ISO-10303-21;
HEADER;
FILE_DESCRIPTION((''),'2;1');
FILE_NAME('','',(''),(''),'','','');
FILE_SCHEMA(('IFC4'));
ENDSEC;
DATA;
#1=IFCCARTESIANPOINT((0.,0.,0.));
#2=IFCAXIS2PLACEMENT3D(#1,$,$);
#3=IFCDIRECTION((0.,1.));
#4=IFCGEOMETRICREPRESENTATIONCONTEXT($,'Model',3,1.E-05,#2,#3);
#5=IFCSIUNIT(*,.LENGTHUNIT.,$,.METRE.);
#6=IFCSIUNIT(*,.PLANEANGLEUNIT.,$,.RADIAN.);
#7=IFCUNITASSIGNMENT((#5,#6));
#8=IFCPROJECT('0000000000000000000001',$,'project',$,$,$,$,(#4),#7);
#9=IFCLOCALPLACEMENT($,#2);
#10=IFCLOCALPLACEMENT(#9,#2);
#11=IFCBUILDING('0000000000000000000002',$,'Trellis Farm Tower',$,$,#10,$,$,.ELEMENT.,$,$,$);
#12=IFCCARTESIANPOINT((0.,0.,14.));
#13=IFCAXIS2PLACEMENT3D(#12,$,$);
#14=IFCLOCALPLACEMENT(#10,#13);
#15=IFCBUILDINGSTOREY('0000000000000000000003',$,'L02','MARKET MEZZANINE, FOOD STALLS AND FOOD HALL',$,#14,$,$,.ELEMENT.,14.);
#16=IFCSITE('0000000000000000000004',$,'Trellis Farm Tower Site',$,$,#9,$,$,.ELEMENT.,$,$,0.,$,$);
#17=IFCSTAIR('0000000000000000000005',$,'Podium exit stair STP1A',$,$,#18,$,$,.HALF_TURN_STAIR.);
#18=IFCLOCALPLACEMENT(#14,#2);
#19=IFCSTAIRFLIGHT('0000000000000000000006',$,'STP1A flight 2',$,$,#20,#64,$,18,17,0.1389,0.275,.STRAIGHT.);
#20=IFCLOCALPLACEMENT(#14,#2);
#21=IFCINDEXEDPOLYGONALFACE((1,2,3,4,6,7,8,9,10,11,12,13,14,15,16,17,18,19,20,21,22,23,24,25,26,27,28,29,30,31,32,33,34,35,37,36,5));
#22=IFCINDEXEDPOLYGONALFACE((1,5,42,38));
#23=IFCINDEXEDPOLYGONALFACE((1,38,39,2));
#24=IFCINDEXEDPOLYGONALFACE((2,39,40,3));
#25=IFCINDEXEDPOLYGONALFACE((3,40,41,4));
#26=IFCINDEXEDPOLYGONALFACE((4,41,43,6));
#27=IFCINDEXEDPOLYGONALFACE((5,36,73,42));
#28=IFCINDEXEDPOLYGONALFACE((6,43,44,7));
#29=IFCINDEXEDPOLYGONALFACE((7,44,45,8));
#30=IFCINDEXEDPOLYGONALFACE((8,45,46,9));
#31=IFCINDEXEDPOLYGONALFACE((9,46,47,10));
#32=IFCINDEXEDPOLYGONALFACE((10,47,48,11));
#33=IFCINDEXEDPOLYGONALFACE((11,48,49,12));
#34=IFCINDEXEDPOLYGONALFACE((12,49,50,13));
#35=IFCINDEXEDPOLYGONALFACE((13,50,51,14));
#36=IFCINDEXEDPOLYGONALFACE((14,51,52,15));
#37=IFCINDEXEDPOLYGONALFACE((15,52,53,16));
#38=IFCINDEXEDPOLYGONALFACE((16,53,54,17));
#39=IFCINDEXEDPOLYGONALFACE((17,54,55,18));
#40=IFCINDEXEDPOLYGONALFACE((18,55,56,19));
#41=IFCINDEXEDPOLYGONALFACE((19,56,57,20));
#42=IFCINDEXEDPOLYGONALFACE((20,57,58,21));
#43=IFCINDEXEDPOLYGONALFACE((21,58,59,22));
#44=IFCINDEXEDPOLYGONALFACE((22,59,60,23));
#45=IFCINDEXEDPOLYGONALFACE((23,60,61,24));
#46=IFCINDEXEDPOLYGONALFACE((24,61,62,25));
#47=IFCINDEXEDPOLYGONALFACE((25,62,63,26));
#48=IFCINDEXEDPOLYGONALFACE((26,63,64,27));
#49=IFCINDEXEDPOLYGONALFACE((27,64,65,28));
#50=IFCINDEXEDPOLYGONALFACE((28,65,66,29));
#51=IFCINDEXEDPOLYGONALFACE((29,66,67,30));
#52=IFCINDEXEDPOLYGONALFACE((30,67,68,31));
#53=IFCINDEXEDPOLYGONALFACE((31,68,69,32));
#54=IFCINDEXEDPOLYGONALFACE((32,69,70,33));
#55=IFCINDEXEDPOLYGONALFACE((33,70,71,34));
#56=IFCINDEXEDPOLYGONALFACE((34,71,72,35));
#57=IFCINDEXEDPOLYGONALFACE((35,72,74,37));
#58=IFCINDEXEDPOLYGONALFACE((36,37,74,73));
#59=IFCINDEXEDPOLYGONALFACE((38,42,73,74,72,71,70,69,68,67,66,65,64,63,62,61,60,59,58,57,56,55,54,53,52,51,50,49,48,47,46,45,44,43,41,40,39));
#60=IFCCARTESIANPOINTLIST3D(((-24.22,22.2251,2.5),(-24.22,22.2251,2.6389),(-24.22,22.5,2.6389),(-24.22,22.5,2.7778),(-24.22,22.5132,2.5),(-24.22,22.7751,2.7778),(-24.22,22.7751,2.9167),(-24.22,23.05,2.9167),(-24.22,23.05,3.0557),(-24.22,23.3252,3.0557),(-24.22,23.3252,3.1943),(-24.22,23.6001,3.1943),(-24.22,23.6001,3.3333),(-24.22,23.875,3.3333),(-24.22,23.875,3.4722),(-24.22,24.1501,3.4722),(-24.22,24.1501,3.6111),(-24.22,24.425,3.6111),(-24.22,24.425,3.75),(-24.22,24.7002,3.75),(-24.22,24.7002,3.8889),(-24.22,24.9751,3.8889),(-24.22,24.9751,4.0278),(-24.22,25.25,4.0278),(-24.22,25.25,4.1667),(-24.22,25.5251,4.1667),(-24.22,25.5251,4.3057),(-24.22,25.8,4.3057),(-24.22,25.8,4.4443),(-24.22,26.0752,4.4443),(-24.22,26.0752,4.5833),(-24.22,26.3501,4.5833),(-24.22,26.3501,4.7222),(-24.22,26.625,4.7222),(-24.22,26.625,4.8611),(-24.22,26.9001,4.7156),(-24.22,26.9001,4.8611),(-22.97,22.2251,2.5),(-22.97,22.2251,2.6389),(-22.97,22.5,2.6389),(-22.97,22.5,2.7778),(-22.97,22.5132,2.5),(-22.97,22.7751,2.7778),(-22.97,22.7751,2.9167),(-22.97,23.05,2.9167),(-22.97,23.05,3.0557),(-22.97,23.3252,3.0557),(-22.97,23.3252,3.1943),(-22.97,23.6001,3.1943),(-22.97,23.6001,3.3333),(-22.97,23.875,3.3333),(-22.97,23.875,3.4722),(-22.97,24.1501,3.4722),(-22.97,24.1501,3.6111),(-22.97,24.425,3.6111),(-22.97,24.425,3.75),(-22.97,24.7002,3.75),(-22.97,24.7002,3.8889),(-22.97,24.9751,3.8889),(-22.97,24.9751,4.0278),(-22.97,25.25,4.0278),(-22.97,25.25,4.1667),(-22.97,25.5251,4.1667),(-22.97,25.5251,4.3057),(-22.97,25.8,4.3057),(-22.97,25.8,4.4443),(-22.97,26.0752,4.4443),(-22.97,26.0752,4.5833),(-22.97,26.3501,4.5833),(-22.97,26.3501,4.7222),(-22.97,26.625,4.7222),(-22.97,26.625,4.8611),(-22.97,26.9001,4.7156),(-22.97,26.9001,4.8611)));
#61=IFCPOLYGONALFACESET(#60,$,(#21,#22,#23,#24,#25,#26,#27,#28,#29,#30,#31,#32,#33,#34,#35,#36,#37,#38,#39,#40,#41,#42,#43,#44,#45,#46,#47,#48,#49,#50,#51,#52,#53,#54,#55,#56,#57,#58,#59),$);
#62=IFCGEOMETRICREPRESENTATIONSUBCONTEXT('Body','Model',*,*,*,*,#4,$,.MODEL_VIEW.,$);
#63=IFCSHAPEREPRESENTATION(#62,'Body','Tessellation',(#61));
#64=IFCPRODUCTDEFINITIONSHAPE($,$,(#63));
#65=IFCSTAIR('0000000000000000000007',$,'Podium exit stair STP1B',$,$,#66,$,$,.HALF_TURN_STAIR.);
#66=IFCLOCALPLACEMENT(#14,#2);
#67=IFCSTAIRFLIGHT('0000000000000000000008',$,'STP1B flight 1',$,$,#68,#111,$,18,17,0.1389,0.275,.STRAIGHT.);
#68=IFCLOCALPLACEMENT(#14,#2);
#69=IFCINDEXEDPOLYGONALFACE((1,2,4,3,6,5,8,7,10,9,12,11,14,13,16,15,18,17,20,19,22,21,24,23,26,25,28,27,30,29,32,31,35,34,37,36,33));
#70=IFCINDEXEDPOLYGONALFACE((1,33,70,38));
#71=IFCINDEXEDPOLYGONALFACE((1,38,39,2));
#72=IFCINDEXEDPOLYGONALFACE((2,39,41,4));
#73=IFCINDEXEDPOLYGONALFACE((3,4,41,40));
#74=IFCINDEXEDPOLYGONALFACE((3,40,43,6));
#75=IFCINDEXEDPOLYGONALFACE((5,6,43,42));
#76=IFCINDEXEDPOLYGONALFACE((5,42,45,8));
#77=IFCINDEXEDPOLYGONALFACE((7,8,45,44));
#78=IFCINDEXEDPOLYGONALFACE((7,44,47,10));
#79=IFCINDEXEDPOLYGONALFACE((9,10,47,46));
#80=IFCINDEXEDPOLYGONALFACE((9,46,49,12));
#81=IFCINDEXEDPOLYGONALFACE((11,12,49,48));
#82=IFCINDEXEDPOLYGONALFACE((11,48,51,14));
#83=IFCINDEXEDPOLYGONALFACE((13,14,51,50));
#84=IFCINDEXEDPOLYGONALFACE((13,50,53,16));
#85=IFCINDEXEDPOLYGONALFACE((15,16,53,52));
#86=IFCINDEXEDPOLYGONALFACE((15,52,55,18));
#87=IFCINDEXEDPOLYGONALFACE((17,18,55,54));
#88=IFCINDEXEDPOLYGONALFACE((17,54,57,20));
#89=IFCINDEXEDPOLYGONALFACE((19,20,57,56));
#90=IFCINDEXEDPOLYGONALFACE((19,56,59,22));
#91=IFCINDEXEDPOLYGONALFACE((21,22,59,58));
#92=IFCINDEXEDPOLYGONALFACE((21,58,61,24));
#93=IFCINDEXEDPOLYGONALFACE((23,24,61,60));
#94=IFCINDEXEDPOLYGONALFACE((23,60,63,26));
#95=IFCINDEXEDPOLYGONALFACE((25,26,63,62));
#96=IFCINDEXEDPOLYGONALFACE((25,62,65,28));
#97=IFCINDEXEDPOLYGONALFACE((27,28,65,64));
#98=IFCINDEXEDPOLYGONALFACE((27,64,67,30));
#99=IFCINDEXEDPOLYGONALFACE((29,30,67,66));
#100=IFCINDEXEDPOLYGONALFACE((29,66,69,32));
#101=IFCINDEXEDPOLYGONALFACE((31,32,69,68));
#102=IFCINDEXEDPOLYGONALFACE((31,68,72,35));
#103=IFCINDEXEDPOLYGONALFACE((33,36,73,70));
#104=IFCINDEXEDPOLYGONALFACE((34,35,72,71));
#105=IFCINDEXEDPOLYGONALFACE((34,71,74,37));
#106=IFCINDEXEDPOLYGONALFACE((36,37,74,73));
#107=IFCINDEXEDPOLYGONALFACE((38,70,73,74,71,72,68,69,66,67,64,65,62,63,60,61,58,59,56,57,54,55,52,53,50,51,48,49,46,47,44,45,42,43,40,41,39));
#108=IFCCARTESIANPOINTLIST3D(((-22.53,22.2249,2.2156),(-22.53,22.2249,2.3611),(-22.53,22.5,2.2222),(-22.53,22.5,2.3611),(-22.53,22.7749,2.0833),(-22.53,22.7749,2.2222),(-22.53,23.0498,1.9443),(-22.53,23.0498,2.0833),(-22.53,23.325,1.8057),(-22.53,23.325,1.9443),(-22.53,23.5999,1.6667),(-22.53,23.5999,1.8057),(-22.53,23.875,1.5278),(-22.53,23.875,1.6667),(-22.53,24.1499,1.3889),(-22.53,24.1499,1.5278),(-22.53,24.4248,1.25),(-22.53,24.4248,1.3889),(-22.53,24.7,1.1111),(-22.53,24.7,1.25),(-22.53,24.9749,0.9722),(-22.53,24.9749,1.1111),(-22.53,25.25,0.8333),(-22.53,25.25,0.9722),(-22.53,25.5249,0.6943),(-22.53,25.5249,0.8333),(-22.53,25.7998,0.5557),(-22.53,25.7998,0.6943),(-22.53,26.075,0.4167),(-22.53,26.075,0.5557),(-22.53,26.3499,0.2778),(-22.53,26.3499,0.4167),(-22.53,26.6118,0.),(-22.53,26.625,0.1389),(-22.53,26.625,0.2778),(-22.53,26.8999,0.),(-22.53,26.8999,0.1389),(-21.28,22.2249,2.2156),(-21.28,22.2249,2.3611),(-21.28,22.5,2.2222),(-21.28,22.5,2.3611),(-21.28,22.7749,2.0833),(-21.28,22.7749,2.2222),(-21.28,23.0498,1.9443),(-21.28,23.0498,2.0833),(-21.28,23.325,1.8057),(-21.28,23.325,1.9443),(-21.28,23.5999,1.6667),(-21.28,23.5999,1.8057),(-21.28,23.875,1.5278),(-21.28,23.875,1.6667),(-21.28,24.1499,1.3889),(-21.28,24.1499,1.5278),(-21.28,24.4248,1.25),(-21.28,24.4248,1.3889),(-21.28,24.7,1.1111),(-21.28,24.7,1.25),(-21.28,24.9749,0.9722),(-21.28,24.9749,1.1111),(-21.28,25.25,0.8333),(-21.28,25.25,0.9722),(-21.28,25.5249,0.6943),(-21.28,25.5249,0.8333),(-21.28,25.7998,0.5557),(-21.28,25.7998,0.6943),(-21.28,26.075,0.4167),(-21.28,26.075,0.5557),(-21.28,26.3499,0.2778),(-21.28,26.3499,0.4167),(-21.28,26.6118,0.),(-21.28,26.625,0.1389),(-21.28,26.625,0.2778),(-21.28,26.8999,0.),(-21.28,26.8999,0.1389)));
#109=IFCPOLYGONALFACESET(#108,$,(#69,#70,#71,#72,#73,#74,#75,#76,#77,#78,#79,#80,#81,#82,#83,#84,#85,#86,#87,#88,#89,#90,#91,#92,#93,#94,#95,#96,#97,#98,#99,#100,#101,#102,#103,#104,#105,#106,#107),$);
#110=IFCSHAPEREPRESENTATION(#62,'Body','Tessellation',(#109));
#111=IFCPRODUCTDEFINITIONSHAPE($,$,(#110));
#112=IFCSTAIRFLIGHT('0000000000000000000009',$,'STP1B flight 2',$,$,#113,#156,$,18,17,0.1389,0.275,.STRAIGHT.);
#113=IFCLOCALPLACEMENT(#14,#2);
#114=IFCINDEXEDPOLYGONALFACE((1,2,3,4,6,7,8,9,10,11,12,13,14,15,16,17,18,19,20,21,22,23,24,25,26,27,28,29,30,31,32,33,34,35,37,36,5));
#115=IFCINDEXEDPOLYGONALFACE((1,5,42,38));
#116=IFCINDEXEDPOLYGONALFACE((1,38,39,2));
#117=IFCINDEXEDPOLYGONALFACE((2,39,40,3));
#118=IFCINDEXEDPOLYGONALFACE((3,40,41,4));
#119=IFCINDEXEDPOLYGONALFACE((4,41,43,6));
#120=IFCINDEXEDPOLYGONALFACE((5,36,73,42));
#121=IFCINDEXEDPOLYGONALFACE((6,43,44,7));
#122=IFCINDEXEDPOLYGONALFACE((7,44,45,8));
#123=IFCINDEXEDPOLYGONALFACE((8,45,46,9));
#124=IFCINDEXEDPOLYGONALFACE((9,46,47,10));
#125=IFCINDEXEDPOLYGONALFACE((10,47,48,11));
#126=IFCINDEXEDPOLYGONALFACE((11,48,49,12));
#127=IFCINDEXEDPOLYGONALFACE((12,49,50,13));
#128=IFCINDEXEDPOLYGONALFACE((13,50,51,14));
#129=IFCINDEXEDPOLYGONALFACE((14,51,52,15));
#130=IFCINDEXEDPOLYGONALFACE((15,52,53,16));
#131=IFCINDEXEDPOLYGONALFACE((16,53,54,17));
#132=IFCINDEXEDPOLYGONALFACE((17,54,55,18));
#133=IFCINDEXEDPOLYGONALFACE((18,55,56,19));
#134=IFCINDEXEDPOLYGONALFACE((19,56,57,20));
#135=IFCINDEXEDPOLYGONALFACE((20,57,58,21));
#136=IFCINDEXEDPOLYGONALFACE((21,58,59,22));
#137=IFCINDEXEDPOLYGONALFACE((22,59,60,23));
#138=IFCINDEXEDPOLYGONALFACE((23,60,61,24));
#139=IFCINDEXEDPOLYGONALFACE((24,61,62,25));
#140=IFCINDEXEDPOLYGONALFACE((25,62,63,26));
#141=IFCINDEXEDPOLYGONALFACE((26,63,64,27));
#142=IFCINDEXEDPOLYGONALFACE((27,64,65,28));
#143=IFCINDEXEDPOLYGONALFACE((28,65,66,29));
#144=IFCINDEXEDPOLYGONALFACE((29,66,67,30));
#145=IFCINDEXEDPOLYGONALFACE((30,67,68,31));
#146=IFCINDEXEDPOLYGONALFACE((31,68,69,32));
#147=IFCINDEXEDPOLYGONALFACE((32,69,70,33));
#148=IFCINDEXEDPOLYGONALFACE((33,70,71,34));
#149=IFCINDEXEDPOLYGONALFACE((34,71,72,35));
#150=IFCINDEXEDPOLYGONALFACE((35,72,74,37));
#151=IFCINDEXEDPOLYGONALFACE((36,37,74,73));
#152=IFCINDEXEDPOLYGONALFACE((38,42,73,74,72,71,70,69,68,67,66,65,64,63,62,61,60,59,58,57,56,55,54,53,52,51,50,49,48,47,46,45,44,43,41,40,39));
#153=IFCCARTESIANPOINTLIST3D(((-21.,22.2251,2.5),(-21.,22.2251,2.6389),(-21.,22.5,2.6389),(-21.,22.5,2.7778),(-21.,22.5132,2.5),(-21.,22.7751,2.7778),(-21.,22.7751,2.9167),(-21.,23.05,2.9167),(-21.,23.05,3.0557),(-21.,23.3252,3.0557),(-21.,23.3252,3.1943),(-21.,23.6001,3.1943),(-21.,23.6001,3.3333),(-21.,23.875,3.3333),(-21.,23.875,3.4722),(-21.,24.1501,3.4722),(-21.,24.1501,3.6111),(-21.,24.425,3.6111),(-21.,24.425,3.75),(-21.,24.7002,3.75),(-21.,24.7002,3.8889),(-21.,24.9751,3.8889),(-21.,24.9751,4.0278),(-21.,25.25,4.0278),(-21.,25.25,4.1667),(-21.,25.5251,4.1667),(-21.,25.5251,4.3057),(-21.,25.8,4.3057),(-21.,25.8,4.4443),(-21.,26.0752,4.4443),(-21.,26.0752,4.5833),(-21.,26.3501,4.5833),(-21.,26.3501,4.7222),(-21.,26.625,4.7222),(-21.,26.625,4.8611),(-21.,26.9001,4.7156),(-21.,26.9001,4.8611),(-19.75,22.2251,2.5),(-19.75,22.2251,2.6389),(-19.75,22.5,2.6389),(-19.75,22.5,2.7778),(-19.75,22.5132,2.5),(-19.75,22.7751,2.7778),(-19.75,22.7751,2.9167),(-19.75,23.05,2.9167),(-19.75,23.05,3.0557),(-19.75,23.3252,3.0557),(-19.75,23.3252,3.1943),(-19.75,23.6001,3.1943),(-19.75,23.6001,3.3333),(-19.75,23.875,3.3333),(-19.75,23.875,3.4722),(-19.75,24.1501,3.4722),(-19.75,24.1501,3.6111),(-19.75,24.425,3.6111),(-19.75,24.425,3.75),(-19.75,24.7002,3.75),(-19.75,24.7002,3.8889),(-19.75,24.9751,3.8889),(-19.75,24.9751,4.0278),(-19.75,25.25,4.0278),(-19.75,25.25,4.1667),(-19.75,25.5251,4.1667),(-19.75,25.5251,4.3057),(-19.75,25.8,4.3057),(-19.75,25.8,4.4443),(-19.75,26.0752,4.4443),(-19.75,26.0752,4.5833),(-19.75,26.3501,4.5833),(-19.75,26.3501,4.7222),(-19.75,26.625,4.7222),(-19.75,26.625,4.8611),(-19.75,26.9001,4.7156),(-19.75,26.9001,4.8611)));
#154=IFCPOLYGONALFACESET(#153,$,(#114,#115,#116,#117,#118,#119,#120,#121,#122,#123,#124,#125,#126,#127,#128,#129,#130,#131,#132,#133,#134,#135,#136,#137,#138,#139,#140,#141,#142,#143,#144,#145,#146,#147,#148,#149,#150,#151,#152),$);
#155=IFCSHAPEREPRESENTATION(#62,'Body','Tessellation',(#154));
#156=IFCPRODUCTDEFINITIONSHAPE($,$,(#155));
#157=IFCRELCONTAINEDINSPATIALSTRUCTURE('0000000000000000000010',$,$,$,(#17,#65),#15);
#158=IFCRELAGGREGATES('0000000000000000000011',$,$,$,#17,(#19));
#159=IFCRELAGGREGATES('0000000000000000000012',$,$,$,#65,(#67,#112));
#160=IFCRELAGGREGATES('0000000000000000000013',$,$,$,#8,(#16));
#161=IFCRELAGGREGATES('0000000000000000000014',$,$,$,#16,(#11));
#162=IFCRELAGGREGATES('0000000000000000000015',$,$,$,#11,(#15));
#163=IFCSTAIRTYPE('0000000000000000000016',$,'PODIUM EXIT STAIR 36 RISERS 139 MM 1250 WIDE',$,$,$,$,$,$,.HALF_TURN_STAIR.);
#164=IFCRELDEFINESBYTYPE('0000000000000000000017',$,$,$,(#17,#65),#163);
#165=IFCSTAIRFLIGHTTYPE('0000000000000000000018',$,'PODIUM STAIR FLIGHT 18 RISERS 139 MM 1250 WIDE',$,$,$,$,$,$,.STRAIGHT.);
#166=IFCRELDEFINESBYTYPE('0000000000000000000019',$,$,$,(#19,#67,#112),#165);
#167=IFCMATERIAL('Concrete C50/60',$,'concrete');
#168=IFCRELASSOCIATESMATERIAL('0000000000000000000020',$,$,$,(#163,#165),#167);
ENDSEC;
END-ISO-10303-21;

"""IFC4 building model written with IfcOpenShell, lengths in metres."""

from ifc_helpers import new_model, si_unit, direction, frame, origin, place, context, subcontext, project, spatial, polyline, outline, extrude, source, transform, mapped, material, type_object, element, aggregate, save


model = new_model("IFC4")

# Units and contexts
model_context = context("Model", 3, precision=1e-05, world=origin(), true_north=direction((0.0, 1.0)))
body_context = subcontext(model_context, "Body", "Model", "MODEL_VIEW")
ifc_project = project(units=[si_unit("LENGTHUNIT", "METRE"), si_unit("PLANEANGLEUNIT", "RADIAN")], contexts=[model_context])

# Site, building, storey
site_placement = place(None, origin())
site = spatial("IfcSite", under=ifc_project, at=site_placement, Name="Trellis Farm Tower Site", CompositionType="ELEMENT", RefElevation=0.0)
building_placement = place(site_placement, origin())
building = spatial("IfcBuilding", under=site, at=building_placement, Name="Trellis Farm Tower", CompositionType="ELEMENT")
storey_placement = place(building_placement, frame((0.0, 0.0, 14.0)))
storey = spatial("IfcBuildingStorey", under=building, at=storey_placement, Name="L02", Description="MARKET MEZZANINE, FOOD STALLS AND FOOD HALL", CompositionType="ELEMENT", Elevation=14.0)

# Stairs, stair flights
ifc_material_1 = material(Name="Concrete C50/60", Category="concrete")
stair_type = type_object("IfcStairType", Name="PODIUM EXIT STAIR 36 RISERS 139 MM 1250 WIDE", PredefinedType="HALF_TURN_STAIR", material=ifc_material_1)
placement = place(storey_placement, origin())
stair_1 = element("IfcStair", 1, at=placement, inside=storey, type_object=stair_type, Name="Podium exit stair STP1A", PredefinedType="HALF_TURN_STAIR")
stair_flight_type = type_object("IfcStairFlightType", Name="PODIUM STAIR FLIGHT 18 RISERS 139 MM 1250 WIDE", PredefinedType="STRAIGHT", material=ifc_material_1)
shared_shape_1 = source(origin(), body_context, "Body", "SweptSolid", [
    extrude(outline(polyline([(0.0, 0.0), (0.0, 0.1389), (0.2749, 0.1389), (0.2749, 0.2778), (0.55, 0.2778), (0.55, 0.4167), (0.825, 0.4167), (0.825, 0.5557), (1.1001, 0.5557), (1.1001, 0.6943), (1.375, 0.6943), (1.375, 0.8333), (1.6499, 0.8333), (1.6499, 0.9722), (1.925, 0.9722), (1.925, 1.1111), (2.2, 1.1111), (2.2, 1.25), (2.4751, 1.25), (2.4751, 1.3889), (2.75, 1.3889), (2.75, 1.5278), (3.0249, 1.5278), (3.0249, 1.6667), (3.3, 1.6667), (3.3, 1.8057), (3.575, 1.8057), (3.575, 1.9443), (3.8501, 1.9443), (3.8501, 2.0833), (4.125, 2.0833), (4.125, 2.2222), (4.3999, 2.2222), (4.3999, 2.3611), (4.675, 2.3611), (4.675, 2.5), (4.675, 2.2156), (0.2881, 0.0), (0.0, 0.0)])), frame((0.0, 0.625, 0.0), z_axis=(0.0, -1.0, 0.0), x_axis=(1.0, 0.0, 0.0)), (0.0, 0.0, 1.0), 1.25),
])
stair_flight_1_placement = place(storey_placement, frame((-23.595, 22.2251, 2.5), z_axis=(0.0, 0.0, 1.0), x_axis=(0.0, 1.0, 0.0)))
stair_flight_1 = element("IfcStairFlight", 2, at=stair_flight_1_placement, type_object=stair_flight_type, Name="STP1A flight 2", NumberOfRisers=18, NumberOfTreads=17, PredefinedType="STRAIGHT", RiserHeight=0.1389, TreadLength=0.275, context=body_context, shape_type="MappedRepresentation", body=[
    mapped(shared_shape_1, transform((0.0, 0.0, 0.0))),
])
aggregate(stair_1, [stair_flight_1])
stair_2 = element("IfcStair", 3, at=placement, inside=storey, type_object=stair_type, Name="Podium exit stair STP1B", PredefinedType="HALF_TURN_STAIR")
stair_flight_2_placement = place(storey_placement, frame((-21.905, 26.8999, 0.0), z_axis=(0.0, 0.0, 1.0), x_axis=(0.0, -1.0, 0.0)))
stair_flight_2 = element("IfcStairFlight", 4, at=stair_flight_2_placement, type_object=stair_flight_type, Name="STP1B flight 1", NumberOfRisers=18, NumberOfTreads=17, PredefinedType="STRAIGHT", RiserHeight=0.1389, TreadLength=0.275, context=body_context, shape_type="MappedRepresentation", body=[
    mapped(shared_shape_1, transform((0.0, 0.0, 0.0))),
])
stair_flight_3_placement = place(storey_placement, frame((-20.375, 22.2251, 2.5), z_axis=(0.0, 0.0, 1.0), x_axis=(0.0, 1.0, 0.0)))
stair_flight_3 = element("IfcStairFlight", 5, at=stair_flight_3_placement, type_object=stair_flight_type, Name="STP1B flight 2", NumberOfRisers=18, NumberOfTreads=17, PredefinedType="STRAIGHT", RiserHeight=0.1389, TreadLength=0.275, context=body_context, shape_type="MappedRepresentation", body=[
    mapped(shared_shape_1, transform((0.0, 0.0, 0.0))),
])
aggregate(stair_2, [stair_flight_2, stair_flight_3])

save(model, "model.ifc")
